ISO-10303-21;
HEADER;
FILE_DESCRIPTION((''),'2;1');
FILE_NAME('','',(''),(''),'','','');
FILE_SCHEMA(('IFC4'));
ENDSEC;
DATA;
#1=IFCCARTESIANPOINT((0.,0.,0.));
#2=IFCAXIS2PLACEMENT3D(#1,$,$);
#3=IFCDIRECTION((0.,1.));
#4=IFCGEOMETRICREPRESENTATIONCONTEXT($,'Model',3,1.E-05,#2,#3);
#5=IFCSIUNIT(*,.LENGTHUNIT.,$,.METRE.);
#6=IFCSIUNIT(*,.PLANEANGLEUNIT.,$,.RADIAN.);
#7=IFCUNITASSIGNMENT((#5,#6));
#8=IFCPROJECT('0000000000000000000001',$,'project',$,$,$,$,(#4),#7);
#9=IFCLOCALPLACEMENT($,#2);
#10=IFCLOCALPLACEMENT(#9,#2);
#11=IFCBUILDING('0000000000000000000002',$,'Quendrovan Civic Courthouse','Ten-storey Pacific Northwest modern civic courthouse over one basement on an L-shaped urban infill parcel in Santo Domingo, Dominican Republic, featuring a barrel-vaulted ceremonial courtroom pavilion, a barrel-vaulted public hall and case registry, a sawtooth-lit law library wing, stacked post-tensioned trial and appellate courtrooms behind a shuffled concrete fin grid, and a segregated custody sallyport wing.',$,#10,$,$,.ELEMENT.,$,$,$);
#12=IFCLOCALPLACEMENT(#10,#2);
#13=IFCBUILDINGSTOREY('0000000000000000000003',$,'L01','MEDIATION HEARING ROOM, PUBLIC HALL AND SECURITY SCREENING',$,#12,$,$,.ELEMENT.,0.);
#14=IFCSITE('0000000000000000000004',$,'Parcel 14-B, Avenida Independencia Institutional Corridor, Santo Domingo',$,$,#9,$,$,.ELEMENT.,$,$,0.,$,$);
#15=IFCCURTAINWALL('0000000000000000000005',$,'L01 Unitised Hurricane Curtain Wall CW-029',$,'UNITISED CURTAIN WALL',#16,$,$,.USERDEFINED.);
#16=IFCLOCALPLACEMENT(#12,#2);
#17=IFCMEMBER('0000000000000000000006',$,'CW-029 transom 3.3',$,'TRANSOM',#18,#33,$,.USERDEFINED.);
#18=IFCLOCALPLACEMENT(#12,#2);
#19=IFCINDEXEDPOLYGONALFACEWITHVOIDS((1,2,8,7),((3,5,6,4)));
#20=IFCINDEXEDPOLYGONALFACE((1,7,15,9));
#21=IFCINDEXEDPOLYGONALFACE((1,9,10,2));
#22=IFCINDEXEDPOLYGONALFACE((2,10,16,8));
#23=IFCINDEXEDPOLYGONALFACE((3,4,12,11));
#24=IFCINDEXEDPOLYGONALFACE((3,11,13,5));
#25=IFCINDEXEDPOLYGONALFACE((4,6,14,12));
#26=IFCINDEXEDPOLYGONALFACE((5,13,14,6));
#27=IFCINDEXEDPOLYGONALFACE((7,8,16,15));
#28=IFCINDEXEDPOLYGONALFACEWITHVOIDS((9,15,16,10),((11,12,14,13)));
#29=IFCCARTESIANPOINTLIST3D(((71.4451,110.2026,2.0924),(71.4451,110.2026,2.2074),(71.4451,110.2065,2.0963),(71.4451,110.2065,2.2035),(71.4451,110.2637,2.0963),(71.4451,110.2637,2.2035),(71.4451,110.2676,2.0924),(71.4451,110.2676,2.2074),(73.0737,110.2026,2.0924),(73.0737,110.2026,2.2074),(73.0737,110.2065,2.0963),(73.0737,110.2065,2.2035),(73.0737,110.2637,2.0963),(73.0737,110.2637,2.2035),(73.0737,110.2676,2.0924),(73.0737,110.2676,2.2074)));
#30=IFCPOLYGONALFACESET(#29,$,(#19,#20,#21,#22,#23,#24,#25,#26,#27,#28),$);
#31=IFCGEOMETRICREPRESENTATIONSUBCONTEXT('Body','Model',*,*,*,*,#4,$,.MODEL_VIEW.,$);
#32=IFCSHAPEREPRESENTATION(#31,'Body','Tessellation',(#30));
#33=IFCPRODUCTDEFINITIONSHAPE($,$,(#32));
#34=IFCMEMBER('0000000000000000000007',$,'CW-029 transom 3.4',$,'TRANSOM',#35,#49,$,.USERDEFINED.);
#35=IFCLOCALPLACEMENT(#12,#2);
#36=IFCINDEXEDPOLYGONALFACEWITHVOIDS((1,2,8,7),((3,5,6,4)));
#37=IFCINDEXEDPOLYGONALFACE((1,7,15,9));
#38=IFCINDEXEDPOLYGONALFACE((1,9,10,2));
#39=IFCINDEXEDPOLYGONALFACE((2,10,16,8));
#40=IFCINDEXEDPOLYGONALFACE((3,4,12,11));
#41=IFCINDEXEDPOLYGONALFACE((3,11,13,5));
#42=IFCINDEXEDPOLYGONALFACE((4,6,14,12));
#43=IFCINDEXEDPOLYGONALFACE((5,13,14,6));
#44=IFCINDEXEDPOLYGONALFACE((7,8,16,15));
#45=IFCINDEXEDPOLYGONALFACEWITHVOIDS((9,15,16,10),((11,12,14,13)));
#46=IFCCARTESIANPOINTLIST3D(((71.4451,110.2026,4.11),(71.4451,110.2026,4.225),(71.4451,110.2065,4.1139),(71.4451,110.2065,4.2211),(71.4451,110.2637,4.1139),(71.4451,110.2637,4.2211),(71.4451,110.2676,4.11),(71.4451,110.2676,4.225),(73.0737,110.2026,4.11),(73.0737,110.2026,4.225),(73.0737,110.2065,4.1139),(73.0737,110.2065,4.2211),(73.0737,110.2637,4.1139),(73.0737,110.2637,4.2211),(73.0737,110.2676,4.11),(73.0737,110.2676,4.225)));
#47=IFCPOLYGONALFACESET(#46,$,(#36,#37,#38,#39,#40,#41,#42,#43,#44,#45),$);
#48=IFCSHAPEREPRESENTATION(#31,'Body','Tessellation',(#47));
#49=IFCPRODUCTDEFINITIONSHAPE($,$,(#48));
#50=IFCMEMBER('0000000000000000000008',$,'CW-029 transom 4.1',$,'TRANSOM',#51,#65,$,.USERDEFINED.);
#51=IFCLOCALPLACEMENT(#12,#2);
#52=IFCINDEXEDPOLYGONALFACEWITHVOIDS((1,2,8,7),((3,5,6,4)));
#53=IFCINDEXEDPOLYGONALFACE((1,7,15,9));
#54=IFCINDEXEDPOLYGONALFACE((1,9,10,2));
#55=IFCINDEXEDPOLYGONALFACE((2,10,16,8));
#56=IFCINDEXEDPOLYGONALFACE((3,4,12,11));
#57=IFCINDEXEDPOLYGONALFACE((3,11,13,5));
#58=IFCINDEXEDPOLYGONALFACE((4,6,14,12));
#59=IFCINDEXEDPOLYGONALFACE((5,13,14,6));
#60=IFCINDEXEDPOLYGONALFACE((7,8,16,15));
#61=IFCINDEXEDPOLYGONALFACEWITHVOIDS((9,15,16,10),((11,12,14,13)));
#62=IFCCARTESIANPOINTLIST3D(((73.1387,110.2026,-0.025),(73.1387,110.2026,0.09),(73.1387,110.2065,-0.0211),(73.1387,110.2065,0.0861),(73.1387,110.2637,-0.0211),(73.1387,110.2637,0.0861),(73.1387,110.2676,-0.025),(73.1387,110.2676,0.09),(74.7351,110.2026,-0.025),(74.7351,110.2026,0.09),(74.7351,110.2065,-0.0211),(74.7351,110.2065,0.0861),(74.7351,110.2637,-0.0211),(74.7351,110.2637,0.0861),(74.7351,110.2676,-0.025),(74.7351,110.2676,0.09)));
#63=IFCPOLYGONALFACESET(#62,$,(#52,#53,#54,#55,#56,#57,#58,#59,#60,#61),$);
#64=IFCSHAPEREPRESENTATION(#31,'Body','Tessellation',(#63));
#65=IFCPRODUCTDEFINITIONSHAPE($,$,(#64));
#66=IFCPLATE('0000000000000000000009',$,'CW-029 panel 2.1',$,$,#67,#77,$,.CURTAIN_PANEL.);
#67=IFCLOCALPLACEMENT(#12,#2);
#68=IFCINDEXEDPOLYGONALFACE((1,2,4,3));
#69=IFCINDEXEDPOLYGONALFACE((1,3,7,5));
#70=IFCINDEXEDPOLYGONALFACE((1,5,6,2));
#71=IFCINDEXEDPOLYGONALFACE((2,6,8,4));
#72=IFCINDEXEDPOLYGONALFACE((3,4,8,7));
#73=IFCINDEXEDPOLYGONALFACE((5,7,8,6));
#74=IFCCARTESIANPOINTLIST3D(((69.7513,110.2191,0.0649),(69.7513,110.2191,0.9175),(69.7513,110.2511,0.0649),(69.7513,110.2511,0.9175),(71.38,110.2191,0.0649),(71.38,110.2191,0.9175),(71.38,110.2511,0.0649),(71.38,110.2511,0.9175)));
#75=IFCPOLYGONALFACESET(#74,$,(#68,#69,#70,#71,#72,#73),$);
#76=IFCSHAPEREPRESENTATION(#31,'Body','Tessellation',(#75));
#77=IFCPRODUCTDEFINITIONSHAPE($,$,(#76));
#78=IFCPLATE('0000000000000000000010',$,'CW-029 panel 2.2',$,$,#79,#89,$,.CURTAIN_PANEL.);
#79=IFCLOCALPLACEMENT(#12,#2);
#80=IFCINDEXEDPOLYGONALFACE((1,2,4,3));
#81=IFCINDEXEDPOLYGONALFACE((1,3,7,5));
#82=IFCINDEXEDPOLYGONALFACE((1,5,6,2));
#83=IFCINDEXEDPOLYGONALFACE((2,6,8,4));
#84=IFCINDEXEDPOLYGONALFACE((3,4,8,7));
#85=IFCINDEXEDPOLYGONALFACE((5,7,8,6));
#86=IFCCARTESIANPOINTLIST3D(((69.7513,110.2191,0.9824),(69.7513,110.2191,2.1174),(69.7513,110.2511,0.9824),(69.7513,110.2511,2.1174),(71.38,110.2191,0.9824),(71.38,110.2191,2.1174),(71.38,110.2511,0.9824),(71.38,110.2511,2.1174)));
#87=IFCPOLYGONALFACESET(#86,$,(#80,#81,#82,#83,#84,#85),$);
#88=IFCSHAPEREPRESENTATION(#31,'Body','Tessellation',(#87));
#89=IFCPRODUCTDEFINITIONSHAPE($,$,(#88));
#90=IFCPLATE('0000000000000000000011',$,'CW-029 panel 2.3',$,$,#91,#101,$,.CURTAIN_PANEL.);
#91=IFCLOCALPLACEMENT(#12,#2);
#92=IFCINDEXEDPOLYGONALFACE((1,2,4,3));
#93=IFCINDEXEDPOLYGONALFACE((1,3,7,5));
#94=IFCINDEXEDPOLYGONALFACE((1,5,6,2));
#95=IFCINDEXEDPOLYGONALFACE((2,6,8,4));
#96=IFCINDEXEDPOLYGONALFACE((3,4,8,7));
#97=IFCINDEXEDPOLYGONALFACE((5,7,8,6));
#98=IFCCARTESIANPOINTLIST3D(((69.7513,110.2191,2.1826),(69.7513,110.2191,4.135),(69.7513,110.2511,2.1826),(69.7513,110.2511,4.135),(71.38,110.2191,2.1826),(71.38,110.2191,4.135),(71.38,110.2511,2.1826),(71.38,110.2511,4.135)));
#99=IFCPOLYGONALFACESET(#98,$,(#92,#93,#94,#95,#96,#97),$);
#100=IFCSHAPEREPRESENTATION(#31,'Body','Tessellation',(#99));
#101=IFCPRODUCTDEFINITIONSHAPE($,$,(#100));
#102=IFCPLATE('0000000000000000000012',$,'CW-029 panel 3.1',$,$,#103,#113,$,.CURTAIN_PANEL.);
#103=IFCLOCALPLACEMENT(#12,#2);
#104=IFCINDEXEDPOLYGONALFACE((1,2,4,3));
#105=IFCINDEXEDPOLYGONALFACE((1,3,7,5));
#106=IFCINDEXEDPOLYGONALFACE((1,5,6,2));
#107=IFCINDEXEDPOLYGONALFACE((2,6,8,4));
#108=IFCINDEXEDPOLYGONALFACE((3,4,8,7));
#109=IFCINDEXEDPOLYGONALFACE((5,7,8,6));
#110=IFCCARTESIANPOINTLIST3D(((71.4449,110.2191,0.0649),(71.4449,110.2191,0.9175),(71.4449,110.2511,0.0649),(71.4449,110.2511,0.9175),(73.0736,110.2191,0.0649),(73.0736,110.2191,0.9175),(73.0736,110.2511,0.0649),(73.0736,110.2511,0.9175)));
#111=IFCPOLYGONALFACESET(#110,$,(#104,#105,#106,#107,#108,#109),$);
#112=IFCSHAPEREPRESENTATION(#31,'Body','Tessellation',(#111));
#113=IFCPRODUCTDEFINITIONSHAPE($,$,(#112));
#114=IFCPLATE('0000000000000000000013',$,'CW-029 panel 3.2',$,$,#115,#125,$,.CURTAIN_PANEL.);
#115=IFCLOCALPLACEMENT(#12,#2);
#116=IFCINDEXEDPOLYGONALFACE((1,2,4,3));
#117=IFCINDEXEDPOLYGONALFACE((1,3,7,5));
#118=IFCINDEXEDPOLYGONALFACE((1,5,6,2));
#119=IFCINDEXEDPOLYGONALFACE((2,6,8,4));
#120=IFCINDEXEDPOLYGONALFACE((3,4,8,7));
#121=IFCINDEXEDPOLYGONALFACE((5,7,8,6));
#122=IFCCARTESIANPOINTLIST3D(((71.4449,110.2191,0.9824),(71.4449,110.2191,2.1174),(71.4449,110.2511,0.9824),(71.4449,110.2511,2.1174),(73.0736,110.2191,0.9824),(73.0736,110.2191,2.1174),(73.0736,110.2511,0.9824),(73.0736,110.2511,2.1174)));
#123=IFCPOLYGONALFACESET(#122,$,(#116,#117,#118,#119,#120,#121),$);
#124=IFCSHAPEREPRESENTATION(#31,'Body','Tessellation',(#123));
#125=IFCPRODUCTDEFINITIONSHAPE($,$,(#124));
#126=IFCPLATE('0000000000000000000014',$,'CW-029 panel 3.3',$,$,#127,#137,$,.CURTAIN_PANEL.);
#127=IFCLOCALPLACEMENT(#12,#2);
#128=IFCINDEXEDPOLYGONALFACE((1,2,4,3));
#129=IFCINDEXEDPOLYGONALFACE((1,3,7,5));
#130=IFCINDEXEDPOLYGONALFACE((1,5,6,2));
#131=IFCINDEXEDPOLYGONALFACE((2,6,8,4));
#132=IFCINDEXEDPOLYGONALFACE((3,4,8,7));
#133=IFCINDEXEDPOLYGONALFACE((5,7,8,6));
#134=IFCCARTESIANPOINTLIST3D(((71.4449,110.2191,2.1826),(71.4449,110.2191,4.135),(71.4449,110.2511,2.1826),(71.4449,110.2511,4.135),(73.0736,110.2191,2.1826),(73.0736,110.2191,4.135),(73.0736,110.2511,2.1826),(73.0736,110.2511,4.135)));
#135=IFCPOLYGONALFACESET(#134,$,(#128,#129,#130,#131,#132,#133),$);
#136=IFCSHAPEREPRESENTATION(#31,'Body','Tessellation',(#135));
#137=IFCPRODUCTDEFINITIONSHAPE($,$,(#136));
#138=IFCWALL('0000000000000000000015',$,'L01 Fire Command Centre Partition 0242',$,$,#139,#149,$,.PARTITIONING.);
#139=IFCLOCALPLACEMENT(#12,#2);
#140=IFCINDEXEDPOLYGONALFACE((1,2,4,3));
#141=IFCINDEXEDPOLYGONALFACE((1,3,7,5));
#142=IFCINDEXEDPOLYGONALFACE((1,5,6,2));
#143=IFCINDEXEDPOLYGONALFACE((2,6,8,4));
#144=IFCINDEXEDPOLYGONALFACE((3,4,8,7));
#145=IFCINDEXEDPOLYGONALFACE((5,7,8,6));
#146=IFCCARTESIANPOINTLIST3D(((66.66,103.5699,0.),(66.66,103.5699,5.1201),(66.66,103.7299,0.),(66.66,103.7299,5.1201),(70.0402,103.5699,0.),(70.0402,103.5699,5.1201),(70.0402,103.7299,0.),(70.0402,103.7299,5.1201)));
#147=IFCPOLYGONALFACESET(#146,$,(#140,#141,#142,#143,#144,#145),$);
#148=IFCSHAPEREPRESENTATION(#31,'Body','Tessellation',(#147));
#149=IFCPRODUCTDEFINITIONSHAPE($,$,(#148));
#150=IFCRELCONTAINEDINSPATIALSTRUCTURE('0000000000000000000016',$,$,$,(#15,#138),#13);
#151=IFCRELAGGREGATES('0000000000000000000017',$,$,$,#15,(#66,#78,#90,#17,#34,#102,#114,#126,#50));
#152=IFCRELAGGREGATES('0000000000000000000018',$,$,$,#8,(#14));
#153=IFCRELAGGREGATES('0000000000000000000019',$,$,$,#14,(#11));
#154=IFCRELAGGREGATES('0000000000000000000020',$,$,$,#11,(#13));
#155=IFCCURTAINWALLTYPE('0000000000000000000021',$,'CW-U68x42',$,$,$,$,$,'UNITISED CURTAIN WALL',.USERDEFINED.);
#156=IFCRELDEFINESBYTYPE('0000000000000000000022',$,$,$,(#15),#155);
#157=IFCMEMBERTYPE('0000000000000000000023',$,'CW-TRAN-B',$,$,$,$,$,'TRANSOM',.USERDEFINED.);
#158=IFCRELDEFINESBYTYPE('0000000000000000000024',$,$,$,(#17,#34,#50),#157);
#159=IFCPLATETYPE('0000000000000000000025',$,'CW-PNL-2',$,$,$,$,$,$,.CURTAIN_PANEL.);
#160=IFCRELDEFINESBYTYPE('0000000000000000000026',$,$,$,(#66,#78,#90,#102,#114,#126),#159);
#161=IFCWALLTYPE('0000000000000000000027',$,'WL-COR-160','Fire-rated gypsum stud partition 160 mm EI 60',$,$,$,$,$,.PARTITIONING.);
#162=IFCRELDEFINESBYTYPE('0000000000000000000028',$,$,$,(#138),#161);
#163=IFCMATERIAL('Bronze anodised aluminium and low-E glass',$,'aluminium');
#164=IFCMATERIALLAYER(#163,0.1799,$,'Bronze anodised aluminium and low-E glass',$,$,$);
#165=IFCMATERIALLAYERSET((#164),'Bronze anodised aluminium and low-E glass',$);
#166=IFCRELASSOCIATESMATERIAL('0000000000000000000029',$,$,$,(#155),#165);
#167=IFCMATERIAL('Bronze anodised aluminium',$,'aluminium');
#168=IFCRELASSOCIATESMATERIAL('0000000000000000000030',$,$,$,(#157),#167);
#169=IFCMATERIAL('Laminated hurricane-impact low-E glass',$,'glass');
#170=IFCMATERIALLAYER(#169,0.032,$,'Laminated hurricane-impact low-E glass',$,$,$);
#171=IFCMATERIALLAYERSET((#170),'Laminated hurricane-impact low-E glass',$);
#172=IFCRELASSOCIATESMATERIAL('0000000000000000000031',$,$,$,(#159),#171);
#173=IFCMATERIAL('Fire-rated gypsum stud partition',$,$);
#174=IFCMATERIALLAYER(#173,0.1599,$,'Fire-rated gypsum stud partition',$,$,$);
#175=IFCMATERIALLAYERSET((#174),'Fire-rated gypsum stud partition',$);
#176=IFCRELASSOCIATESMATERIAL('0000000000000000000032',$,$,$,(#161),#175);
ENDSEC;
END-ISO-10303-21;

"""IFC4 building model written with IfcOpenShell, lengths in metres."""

from ifc_helpers import new_model, si_unit, direction, frame, frame_2d, origin, origin_2d, place, context, subcontext, project, spatial, rectangle, hollow_rectangle, extrude, material, layer, layer_set, material_profile, profile_set, type_object, element, aggregate, save


model = new_model("IFC4")

# Units and contexts
model_context = context("Model", 3, precision=1e-05, world=origin(), true_north=direction((0.0, 1.0)))
body_context = subcontext(model_context, "Body", "Model", "MODEL_VIEW")
ifc_project = project(units=[si_unit("LENGTHUNIT", "METRE"), si_unit("PLANEANGLEUNIT", "RADIAN")], contexts=[model_context])

# Site, building, storey
site_placement = place(None, origin())
site = spatial("IfcSite", under=ifc_project, at=site_placement, Name="Parcel 14-B, Avenida Independencia Institutional Corridor, Santo Domingo", CompositionType="ELEMENT", RefElevation=0.0)
building_placement = place(site_placement, origin())
building = spatial("IfcBuilding", under=site, at=building_placement, Name="Quendrovan Civic Courthouse", Description="Ten-storey Pacific Northwest modern civic courthouse over one basement on an L-shaped urban infill parcel in Santo Domingo, Dominican Republic, featuring a barrel-vaulted ceremonial courtroom pavilion, a barrel-vaulted public hall and case registry, a sawtooth-lit law library wing, stacked post-tensioned trial and appellate courtrooms behind a shuffled concrete fin grid, and a segregated custody sallyport wing.", CompositionType="ELEMENT")
storey_placement = place(building_placement, origin())
storey = spatial("IfcBuildingStorey", under=building, at=storey_placement, Name="L01", Description="MEDIATION HEARING ROOM, PUBLIC HALL AND SECURITY SCREENING", CompositionType="ELEMENT", Elevation=0.0)

# Curtain wall, members, plates
ifc_material_1 = material(Name="Bronze anodised aluminium and low-E glass", Category="aluminium")
ifc_layer_1 = layer(ifc_material_1, 0.1799, Name="Bronze anodised aluminium and low-E glass")
ifc_layer_set_1 = layer_set([ifc_layer_1], Name="Bronze anodised aluminium and low-E glass")
curtain_wall_type = type_object("IfcCurtainWallType", Name="CW-U68x42", ElementType="UNITISED CURTAIN WALL", PredefinedType="USERDEFINED", material=ifc_layer_set_1)
curtain_wall_placement = place(storey_placement, origin())
curtain_wall = element("IfcCurtainWall", 1, at=curtain_wall_placement, inside=storey, type_object=curtain_wall_type, Name="L01 Unitised Hurricane Curtain Wall CW-029", ObjectType="UNITISED CURTAIN WALL", PredefinedType="USERDEFINED")
ifc_material_2 = material(Name="Bronze anodised aluminium", Category="aluminium")
ifc_material_profile_1 = material_profile(ifc_material_2, hollow_rectangle(XDim=0.0649, YDim=0.115, WallThickness=0.0039, at=origin_2d()), Name="CW-TRAN-65x115")
ifc_profile_set_1 = profile_set([ifc_material_profile_1], Name="Bronze anodised aluminium")
member_type_1 = type_object("IfcMemberType", Name="CW-TRAN-B", ElementType="TRANSOM", PredefinedType="USERDEFINED", material=ifc_profile_set_1)
member_1_placement = place(storey_placement, frame((71.4451, 110.2351, 2.1499), z_axis=(1.0, 0.0, 0.0), x_axis=(0.0, 1.0, 0.0)))
member_1 = element("IfcMember", 2, at=member_1_placement, type_object=member_type_1, Name="CW-029 transom 3.3", ObjectType="TRANSOM", PredefinedType="USERDEFINED", context=body_context, shape_type="SweptSolid", body=[
    extrude(hollow_rectangle(XDim=0.0649, YDim=0.115, WallThickness=0.0039, at=origin_2d()), origin(), (0.0, 0.0, 1.0), 1.6287),
])
member_2_placement = place(storey_placement, frame((71.4451, 110.2351, 4.1675), z_axis=(1.0, 0.0, 0.0), x_axis=(0.0, 1.0, 0.0)))
member_2 = element("IfcMember", 3, at=member_2_placement, type_object=member_type_1, Name="CW-029 transom 3.4", ObjectType="TRANSOM", PredefinedType="USERDEFINED", context=body_context, shape_type="SweptSolid", body=[
    extrude(hollow_rectangle(XDim=0.0649, YDim=0.115, WallThickness=0.0039, at=origin_2d()), origin(), (0.0, 0.0, 1.0), 1.6287),
])
member_3_placement = place(storey_placement, frame((73.1387, 110.2351, 0.0325), z_axis=(1.0, 0.0, 0.0), x_axis=(0.0, 1.0, 0.0)))
member_3 = element("IfcMember", 4, at=member_3_placement, type_object=member_type_1, Name="CW-029 transom 4.1", ObjectType="TRANSOM", PredefinedType="USERDEFINED", context=body_context, shape_type="SweptSolid", body=[
    extrude(hollow_rectangle(XDim=0.0649, YDim=0.115, WallThickness=0.0039, at=origin_2d()), origin(), (0.0, 0.0, 1.0), 1.5964),
])
ifc_material_3 = material(Name="Laminated hurricane-impact low-E glass", Category="glass")
ifc_layer_2 = layer(ifc_material_3, 0.032, Name="Laminated hurricane-impact low-E glass")
ifc_layer_set_2 = layer_set([ifc_layer_2], Name="Laminated hurricane-impact low-E glass")
plate_type = type_object("IfcPlateType", Name="CW-PNL-2", PredefinedType="CURTAIN_PANEL", material=ifc_layer_set_2)
plate_1_placement = place(storey_placement, frame((70.5657, 110.2351, 0.0649), z_axis=(0.0, 0.0, 1.0), x_axis=(1.0, 0.0, 0.0)))
plate_1 = element("IfcPlate", 5, at=plate_1_placement, type_object=plate_type, Name="CW-029 panel 2.1", PredefinedType="CURTAIN_PANEL", context=body_context, shape_type="SweptSolid", body=[
    extrude(rectangle(XDim=1.6287, YDim=0.032, at=origin_2d()), origin(), (0.0, 0.0, 1.0), 0.8525),
])
plate_2_placement = place(storey_placement, frame((70.5657, 110.2351, 0.9824), z_axis=(0.0, 0.0, 1.0), x_axis=(1.0, 0.0, 0.0)))
plate_2 = element("IfcPlate", 6, at=plate_2_placement, type_object=plate_type, Name="CW-029 panel 2.2", PredefinedType="CURTAIN_PANEL", context=body_context, shape_type="SweptSolid", body=[
    extrude(rectangle(XDim=1.6287, YDim=0.032, at=origin_2d()), origin(), (0.0, 0.0, 1.0), 1.135),
])
plate_3_placement = place(storey_placement, frame((70.5657, 110.2351, 2.1826), z_axis=(0.0, 0.0, 1.0), x_axis=(1.0, 0.0, 0.0)))
plate_3 = element("IfcPlate", 7, at=plate_3_placement, type_object=plate_type, Name="CW-029 panel 2.3", PredefinedType="CURTAIN_PANEL", context=body_context, shape_type="SweptSolid", body=[
    extrude(rectangle(XDim=1.6287, YDim=0.032, at=origin_2d()), origin(), (0.0, 0.0, 1.0), 1.9524),
])
plate_4_placement = place(storey_placement, frame((72.2593, 110.2351, 0.0649), z_axis=(0.0, 0.0, 1.0), x_axis=(1.0, 0.0, 0.0)))
plate_4 = element("IfcPlate", 8, at=plate_4_placement, type_object=plate_type, Name="CW-029 panel 3.1", PredefinedType="CURTAIN_PANEL", context=body_context, shape_type="SweptSolid", body=[
    extrude(rectangle(XDim=1.6287, YDim=0.032, at=origin_2d()), origin(), (0.0, 0.0, 1.0), 0.8525),
])
plate_5_placement = place(storey_placement, frame((72.2593, 110.2351, 0.9824), z_axis=(0.0, 0.0, 1.0), x_axis=(1.0, 0.0, 0.0)))
plate_5 = element("IfcPlate", 9, at=plate_5_placement, type_object=plate_type, Name="CW-029 panel 3.2", PredefinedType="CURTAIN_PANEL", context=body_context, shape_type="SweptSolid", body=[
    extrude(rectangle(XDim=1.6287, YDim=0.032, at=origin_2d()), origin(), (0.0, 0.0, 1.0), 1.135),
])
plate_6_placement = place(storey_placement, frame((72.2593, 110.2351, 2.1826), z_axis=(0.0, 0.0, 1.0), x_axis=(1.0, 0.0, 0.0)))
plate_6 = element("IfcPlate", 10, at=plate_6_placement, type_object=plate_type, Name="CW-029 panel 3.3", PredefinedType="CURTAIN_PANEL", context=body_context, shape_type="SweptSolid", body=[
    extrude(rectangle(XDim=1.6287, YDim=0.032, at=origin_2d()), origin(), (0.0, 0.0, 1.0), 1.9524),
])
aggregate(curtain_wall, [plate_1, plate_2, plate_3, member_1, member_2, plate_4, plate_5, plate_6, member_3])

# Wall
ifc_material_4 = material(Name="Fire-rated gypsum stud partition")
ifc_layer_3 = layer(ifc_material_4, 0.1599, Name="Fire-rated gypsum stud partition")
ifc_layer_set_3 = layer_set([ifc_layer_3], Name="Fire-rated gypsum stud partition")
wall_type = type_object("IfcWallType", Name="WL-COR-160", Description="Fire-rated gypsum stud partition 160 mm EI 60", PredefinedType="PARTITIONING", material=ifc_layer_set_3)
wall_placement = place(storey_placement, frame((70.04, 103.6499, 0.0), z_axis=(0.0, 0.0, 1.0), x_axis=(-1.0, 0.0, 0.0)))
element("IfcWall", 11, at=wall_placement, inside=storey, type_object=wall_type, Name="L01 Fire Command Centre Partition 0242", PredefinedType="PARTITIONING", context=body_context, shape_type="SweptSolid", body=[
    extrude(rectangle(XDim=3.3801, YDim=0.1599, at=frame_2d((1.6899, 0.0))), origin(), (0.0, 0.0, 1.0), 5.1201),
])

save(model, "model.ifc")
